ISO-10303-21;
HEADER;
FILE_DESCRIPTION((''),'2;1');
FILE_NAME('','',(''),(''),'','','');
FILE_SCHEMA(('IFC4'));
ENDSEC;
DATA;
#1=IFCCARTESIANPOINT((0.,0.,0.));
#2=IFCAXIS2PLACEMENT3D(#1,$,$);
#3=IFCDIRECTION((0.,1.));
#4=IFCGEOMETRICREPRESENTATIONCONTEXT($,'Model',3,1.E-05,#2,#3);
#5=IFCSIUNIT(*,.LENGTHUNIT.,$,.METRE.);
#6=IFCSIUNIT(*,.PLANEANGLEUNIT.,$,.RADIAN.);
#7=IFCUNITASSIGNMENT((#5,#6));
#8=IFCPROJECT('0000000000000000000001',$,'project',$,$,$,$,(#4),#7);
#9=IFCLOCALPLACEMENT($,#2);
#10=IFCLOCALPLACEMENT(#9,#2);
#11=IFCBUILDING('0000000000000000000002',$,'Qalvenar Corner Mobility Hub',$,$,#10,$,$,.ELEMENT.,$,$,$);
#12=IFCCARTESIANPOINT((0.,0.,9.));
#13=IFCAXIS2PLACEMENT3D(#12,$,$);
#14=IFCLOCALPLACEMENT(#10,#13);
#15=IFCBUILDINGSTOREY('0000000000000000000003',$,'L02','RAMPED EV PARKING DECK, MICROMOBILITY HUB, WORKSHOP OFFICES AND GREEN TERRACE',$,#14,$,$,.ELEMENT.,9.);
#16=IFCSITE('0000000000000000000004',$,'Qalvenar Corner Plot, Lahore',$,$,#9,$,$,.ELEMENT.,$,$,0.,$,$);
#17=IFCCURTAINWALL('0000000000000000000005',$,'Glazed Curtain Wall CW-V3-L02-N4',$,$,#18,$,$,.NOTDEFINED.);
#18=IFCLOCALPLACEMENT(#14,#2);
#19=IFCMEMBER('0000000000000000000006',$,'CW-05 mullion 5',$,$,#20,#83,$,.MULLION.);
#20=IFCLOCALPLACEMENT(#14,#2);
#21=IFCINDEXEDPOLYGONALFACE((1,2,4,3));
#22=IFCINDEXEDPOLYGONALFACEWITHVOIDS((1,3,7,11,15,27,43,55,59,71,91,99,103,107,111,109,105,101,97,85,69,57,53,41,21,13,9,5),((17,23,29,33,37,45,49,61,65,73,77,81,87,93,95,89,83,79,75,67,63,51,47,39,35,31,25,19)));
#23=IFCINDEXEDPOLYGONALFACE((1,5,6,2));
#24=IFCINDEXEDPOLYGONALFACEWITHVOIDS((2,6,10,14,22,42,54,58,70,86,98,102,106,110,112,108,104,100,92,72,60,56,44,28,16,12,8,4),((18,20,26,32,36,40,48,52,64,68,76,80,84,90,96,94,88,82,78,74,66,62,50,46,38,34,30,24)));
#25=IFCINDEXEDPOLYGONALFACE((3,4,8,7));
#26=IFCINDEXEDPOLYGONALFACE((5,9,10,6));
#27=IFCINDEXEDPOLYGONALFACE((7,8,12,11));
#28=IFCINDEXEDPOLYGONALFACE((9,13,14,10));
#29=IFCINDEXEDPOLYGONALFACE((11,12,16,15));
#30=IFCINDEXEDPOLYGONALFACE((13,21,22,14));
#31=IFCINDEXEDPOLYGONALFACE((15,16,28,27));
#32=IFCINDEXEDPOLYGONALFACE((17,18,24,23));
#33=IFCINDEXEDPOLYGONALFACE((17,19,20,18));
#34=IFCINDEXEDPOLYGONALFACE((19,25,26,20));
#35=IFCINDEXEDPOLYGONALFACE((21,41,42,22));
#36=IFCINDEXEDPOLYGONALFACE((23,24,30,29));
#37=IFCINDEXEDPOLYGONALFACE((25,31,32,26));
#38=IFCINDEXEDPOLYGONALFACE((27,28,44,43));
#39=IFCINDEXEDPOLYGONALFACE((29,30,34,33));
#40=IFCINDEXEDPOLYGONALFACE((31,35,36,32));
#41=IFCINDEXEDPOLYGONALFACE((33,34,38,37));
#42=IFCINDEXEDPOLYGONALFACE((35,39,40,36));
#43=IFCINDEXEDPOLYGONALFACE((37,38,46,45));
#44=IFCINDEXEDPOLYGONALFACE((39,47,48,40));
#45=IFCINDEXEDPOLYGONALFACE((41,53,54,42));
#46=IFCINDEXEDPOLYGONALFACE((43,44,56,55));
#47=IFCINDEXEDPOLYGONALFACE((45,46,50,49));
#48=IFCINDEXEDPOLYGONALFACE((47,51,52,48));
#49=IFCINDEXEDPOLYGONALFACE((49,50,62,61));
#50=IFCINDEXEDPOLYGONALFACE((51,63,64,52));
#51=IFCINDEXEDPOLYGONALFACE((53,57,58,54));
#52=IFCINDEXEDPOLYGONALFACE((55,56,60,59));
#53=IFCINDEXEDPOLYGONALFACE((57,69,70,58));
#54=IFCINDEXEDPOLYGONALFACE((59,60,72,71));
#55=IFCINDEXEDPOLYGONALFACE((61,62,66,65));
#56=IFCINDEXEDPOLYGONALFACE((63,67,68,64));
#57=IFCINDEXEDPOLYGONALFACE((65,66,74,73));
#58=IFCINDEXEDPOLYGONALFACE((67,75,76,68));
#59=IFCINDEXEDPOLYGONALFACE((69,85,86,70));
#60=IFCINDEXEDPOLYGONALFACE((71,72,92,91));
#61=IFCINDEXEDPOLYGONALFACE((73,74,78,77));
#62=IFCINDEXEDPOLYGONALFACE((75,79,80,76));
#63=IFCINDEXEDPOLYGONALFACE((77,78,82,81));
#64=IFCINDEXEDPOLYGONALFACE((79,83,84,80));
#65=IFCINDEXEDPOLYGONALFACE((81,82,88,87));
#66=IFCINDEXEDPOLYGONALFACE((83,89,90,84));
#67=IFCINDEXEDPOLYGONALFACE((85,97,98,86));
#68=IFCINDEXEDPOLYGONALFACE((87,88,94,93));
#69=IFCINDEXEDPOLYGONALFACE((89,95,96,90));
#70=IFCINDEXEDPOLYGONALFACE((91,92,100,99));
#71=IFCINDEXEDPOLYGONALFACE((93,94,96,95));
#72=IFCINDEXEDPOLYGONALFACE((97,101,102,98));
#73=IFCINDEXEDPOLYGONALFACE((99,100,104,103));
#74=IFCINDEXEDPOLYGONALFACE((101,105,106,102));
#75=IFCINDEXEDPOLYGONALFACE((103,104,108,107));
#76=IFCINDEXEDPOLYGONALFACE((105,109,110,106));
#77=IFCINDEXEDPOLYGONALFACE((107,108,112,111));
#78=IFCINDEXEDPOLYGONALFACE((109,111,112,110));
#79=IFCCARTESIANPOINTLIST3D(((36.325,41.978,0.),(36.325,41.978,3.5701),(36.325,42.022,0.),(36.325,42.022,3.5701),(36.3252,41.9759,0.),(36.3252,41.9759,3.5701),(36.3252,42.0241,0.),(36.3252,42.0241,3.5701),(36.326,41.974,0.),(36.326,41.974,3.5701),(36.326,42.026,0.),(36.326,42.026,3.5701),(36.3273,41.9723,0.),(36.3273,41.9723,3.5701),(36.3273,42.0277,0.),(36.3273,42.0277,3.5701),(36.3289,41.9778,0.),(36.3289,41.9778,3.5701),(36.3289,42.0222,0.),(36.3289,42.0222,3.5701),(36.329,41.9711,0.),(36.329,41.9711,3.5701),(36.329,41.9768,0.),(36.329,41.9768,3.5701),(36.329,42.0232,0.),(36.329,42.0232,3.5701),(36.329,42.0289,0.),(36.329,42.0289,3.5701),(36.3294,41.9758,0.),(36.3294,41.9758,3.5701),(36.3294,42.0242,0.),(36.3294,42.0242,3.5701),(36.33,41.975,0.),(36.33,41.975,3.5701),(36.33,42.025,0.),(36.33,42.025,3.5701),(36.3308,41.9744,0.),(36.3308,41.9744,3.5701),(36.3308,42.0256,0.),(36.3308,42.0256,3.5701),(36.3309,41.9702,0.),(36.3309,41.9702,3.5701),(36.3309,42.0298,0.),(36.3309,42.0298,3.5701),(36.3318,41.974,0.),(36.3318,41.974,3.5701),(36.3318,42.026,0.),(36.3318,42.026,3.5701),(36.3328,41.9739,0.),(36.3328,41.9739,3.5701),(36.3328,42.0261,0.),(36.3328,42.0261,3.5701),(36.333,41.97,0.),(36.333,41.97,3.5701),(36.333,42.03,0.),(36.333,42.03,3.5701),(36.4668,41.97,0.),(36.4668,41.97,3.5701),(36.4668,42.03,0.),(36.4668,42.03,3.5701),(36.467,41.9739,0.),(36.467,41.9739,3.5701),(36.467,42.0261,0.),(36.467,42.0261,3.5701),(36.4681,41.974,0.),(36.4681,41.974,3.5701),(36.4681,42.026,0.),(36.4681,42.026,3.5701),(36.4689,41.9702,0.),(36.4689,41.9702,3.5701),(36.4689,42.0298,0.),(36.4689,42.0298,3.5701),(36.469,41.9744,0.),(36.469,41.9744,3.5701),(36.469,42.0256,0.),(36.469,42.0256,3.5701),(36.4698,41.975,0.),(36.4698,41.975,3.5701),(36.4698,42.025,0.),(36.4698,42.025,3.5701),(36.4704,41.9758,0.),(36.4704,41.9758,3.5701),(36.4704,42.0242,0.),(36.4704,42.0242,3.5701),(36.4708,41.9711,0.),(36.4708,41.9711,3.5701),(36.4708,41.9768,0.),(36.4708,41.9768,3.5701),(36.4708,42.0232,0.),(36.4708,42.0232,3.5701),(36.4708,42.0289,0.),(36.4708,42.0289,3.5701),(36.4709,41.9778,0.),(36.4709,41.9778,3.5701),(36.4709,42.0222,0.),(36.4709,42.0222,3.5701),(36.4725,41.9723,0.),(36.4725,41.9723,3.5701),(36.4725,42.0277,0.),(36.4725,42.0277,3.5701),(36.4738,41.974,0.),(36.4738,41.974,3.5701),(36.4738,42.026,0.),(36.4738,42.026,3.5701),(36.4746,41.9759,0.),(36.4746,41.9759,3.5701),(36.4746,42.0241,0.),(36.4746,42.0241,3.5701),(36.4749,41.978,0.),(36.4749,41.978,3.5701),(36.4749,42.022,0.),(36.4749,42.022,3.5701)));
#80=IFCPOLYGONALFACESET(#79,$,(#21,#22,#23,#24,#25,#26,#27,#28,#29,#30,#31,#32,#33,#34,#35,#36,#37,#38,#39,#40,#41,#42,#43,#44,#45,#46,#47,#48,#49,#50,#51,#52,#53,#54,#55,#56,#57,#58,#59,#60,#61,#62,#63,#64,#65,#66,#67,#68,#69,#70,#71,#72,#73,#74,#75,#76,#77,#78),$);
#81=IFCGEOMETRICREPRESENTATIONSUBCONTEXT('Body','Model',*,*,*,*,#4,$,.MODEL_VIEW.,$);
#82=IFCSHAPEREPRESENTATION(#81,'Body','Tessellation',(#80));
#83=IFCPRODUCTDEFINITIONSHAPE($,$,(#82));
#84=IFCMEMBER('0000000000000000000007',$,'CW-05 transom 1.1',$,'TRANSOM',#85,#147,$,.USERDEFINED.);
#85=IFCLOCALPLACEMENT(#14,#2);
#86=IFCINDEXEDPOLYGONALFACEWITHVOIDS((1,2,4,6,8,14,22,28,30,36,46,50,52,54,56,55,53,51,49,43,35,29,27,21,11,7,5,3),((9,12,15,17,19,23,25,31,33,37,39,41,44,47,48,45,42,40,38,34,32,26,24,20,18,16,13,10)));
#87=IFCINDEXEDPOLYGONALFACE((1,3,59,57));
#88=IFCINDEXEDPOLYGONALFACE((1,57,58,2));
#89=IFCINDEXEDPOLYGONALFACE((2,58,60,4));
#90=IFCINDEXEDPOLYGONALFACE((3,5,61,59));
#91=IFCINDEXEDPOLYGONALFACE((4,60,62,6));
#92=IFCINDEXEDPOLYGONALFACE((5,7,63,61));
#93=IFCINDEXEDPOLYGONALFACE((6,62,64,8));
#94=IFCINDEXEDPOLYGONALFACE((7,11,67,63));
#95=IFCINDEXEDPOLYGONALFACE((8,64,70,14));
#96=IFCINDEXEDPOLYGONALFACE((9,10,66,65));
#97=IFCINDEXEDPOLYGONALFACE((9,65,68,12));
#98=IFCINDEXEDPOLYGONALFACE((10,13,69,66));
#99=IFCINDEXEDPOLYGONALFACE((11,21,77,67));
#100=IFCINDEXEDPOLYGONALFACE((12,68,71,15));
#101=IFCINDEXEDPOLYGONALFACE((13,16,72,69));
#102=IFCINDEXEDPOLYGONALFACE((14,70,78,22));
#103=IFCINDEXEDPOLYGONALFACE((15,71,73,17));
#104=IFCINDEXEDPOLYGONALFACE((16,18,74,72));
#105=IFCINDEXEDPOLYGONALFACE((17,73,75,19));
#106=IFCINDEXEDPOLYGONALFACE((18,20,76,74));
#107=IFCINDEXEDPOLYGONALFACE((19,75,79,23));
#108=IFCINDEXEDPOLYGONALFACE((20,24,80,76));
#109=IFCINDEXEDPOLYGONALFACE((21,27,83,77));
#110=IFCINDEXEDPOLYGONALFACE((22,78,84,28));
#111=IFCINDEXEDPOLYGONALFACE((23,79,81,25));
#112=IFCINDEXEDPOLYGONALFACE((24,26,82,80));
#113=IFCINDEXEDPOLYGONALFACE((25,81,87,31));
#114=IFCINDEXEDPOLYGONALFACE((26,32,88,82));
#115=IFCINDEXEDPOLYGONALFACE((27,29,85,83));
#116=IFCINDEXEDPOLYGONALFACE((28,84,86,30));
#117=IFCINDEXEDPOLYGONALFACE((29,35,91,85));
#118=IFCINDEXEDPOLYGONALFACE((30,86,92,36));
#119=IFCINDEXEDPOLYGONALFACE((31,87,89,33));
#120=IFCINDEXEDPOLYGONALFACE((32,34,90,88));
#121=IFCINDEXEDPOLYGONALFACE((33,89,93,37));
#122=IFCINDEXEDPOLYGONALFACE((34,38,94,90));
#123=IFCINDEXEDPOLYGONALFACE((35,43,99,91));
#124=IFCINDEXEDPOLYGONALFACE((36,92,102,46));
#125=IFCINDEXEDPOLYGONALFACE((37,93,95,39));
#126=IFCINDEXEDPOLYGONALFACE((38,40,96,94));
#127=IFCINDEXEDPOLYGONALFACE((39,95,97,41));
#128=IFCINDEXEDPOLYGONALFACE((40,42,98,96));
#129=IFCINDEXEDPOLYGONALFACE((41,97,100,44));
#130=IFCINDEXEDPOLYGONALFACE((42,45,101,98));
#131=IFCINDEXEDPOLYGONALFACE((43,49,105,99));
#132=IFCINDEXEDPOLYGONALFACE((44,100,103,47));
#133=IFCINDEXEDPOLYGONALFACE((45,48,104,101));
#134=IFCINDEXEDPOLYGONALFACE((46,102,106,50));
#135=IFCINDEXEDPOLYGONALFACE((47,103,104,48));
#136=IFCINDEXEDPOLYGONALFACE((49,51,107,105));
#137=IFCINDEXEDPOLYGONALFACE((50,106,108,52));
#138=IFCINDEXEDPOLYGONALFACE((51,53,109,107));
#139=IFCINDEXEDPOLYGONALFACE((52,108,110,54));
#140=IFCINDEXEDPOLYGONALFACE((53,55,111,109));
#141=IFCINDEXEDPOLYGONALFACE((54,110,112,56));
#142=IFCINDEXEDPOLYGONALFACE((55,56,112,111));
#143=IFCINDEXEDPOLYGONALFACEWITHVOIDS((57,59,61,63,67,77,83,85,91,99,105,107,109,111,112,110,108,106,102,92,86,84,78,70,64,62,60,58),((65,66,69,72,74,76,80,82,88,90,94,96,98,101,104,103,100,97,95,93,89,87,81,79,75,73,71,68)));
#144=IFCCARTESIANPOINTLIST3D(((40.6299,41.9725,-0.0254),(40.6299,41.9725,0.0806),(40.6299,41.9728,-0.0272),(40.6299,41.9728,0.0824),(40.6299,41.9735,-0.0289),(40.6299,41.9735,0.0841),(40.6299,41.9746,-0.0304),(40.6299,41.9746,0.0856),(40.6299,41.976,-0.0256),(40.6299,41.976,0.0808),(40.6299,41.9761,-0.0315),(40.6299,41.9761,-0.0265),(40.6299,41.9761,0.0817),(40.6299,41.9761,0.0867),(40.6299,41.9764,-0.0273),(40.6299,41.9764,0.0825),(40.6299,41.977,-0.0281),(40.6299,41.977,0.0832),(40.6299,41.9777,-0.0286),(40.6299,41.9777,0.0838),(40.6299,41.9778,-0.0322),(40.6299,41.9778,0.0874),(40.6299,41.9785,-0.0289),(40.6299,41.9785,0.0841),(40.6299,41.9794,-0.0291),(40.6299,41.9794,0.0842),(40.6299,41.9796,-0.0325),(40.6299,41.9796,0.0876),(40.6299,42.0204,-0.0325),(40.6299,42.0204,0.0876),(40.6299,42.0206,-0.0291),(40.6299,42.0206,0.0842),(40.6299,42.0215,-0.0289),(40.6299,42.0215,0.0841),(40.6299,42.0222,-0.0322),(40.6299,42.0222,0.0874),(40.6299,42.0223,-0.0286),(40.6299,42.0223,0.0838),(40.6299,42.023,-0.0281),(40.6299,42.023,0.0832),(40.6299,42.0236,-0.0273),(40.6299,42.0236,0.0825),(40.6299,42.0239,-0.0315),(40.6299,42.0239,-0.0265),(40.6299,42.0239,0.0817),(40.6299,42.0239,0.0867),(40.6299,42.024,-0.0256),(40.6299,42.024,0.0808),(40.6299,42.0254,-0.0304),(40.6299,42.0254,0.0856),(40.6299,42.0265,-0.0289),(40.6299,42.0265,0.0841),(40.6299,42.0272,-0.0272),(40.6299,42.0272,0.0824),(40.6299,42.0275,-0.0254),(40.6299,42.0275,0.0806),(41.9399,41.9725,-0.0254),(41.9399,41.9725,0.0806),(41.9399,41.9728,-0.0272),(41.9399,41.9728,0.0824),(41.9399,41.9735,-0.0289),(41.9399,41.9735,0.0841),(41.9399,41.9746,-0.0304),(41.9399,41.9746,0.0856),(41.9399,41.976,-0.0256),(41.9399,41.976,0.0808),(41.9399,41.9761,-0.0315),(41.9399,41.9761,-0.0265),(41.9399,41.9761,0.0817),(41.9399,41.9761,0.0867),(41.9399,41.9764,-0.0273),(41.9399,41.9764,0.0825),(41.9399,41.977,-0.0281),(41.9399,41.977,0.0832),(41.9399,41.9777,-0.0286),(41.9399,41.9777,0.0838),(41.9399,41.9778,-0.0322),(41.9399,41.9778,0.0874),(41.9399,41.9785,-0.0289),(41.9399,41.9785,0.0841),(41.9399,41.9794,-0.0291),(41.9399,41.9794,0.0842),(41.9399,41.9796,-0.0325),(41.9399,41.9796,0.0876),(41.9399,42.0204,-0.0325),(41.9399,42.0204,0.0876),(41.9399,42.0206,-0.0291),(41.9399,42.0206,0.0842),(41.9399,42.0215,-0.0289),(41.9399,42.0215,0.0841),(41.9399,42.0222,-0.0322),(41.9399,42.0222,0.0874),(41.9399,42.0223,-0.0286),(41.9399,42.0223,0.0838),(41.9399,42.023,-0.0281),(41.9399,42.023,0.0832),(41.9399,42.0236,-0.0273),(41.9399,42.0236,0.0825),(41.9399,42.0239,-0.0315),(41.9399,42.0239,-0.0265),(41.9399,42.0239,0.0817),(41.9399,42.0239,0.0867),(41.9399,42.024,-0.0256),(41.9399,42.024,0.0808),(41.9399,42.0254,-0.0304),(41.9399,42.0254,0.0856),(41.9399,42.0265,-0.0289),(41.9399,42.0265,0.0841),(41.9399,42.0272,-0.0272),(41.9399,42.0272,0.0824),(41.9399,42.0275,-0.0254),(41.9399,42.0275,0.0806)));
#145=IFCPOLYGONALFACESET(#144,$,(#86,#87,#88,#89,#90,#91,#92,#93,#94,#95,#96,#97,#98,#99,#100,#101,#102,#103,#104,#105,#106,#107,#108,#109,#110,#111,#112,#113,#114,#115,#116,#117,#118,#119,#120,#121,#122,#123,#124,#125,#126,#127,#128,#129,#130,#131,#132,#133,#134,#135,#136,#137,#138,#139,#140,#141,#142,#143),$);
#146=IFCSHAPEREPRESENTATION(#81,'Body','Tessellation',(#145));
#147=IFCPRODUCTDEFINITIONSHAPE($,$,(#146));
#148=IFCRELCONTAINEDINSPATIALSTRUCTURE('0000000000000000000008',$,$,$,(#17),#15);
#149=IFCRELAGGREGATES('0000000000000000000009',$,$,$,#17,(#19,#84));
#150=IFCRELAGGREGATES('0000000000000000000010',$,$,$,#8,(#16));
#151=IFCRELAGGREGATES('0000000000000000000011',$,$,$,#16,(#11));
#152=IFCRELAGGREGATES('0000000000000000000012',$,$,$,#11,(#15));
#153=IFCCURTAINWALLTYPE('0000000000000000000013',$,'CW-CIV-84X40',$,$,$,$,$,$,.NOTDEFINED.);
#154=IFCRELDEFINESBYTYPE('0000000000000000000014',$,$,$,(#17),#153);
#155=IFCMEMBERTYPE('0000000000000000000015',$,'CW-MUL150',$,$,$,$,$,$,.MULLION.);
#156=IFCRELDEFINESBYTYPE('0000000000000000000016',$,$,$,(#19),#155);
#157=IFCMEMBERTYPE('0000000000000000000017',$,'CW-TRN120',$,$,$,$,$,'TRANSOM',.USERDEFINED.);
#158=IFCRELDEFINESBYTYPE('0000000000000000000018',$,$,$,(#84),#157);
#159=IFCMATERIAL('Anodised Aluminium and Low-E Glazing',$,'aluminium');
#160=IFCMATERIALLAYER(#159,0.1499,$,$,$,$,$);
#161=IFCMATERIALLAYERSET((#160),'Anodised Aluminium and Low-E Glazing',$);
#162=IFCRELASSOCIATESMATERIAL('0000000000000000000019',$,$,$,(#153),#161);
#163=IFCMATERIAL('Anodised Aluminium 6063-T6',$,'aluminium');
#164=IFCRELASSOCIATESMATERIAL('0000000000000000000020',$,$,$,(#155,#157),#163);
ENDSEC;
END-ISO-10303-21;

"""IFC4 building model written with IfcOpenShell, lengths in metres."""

from ifc_helpers import new_model, si_unit, direction, frame, origin, origin_2d, place, context, subcontext, project, spatial, hollow_rectangle, extrude, material, layer, layer_set, material_profile, profile_set, type_object, element, aggregate, save


model = new_model("IFC4")

# Units and contexts
model_context = context("Model", 3, precision=1e-05, world=origin(), true_north=direction((0.0, 1.0)))
body_context = subcontext(model_context, "Body", "Model", "MODEL_VIEW")
ifc_project = project(units=[si_unit("LENGTHUNIT", "METRE"), si_unit("PLANEANGLEUNIT", "RADIAN")], contexts=[model_context])

# Site, building, storey
site_placement = place(None, origin())
site = spatial("IfcSite", under=ifc_project, at=site_placement, Name="Qalvenar Corner Plot, Lahore", CompositionType="ELEMENT", RefElevation=0.0)
building_placement = place(site_placement, origin())
building = spatial("IfcBuilding", under=site, at=building_placement, Name="Qalvenar Corner Mobility Hub", CompositionType="ELEMENT")
storey_placement = place(building_placement, frame((0.0, 0.0, 9.0)))
storey = spatial("IfcBuildingStorey", under=building, at=storey_placement, Name="L02", Description="RAMPED EV PARKING DECK, MICROMOBILITY HUB, WORKSHOP OFFICES AND GREEN TERRACE", CompositionType="ELEMENT", Elevation=9.0)

# Curtain wall, members
ifc_material_1 = material(Name="Anodised Aluminium and Low-E Glazing", Category="aluminium")
ifc_layer_1 = layer(ifc_material_1, 0.1499)
ifc_layer_set_1 = layer_set([ifc_layer_1], Name="Anodised Aluminium and Low-E Glazing")
curtain_wall_type = type_object("IfcCurtainWallType", Name="CW-CIV-84X40", PredefinedType="NOTDEFINED", material=ifc_layer_set_1)
curtain_wall_placement = place(storey_placement, origin())
curtain_wall = element("IfcCurtainWall", 1, at=curtain_wall_placement, inside=storey, type_object=curtain_wall_type, Name="Glazed Curtain Wall CW-V3-L02-N4", PredefinedType="NOTDEFINED")
ifc_material_2 = material(Name="Anodised Aluminium 6063-T6", Category="aluminium")
ifc_material_profile_1 = material_profile(ifc_material_2, hollow_rectangle(XDim=0.0601, YDim=0.1499, WallThickness=0.0039, InnerFilletRadius=0.0039, OuterFilletRadius=0.0081, at=origin_2d()), Name="RHS150x60x4")
ifc_profile_set_1 = profile_set([ifc_material_profile_1], Name="Anodised Aluminium 6063-T6")
member_type_1 = type_object("IfcMemberType", Name="CW-MUL150", PredefinedType="MULLION", material=ifc_profile_set_1)
member_1_placement = place(storey_placement, frame((36.3999, 42.0, 0.0), z_axis=(0.0, 0.0, 1.0), x_axis=(0.0, -1.0, 0.0)))
member_1 = element("IfcMember", 2, at=member_1_placement, type_object=member_type_1, Name="CW-05 mullion 5", PredefinedType="MULLION", context=body_context, shape_type="SweptSolid", body=[
    extrude(hollow_rectangle(XDim=0.0601, YDim=0.1499, WallThickness=0.0039, InnerFilletRadius=0.0039, OuterFilletRadius=0.0081, at=origin_2d()), origin(), (0.0, 0.0, 1.0), 3.5701),
])
ifc_material_profile_2 = material_profile(ifc_material_2, hollow_rectangle(XDim=0.0549, YDim=0.1201, WallThickness=0.0034, InnerFilletRadius=0.0034, OuterFilletRadius=0.0071, at=origin_2d()), Name="RHS120x55x3.5")
ifc_profile_set_2 = profile_set([ifc_material_profile_2], Name="Anodised Aluminium 6063-T6")
member_type_2 = type_object("IfcMemberType", Name="CW-TRN120", ElementType="TRANSOM", PredefinedType="USERDEFINED", material=ifc_profile_set_2)
member_2_placement = place(storey_placement, frame((41.9399, 42.0, 0.0276), z_axis=(-1.0, 0.0, 0.0), x_axis=(0.0, -1.0, 0.0)))
member_2 = element("IfcMember", 3, at=member_2_placement, type_object=member_type_2, Name="CW-05 transom 1.1", ObjectType="TRANSOM", PredefinedType="USERDEFINED", context=body_context, shape_type="SweptSolid", body=[
    extrude(hollow_rectangle(XDim=0.0549, YDim=0.1201, WallThickness=0.0034, InnerFilletRadius=0.0034, OuterFilletRadius=0.0071, at=origin_2d()), origin(), (0.0, 0.0, 1.0), 1.3101),
])
aggregate(curtain_wall, [member_1, member_2])

save(model, "model.ifc")
